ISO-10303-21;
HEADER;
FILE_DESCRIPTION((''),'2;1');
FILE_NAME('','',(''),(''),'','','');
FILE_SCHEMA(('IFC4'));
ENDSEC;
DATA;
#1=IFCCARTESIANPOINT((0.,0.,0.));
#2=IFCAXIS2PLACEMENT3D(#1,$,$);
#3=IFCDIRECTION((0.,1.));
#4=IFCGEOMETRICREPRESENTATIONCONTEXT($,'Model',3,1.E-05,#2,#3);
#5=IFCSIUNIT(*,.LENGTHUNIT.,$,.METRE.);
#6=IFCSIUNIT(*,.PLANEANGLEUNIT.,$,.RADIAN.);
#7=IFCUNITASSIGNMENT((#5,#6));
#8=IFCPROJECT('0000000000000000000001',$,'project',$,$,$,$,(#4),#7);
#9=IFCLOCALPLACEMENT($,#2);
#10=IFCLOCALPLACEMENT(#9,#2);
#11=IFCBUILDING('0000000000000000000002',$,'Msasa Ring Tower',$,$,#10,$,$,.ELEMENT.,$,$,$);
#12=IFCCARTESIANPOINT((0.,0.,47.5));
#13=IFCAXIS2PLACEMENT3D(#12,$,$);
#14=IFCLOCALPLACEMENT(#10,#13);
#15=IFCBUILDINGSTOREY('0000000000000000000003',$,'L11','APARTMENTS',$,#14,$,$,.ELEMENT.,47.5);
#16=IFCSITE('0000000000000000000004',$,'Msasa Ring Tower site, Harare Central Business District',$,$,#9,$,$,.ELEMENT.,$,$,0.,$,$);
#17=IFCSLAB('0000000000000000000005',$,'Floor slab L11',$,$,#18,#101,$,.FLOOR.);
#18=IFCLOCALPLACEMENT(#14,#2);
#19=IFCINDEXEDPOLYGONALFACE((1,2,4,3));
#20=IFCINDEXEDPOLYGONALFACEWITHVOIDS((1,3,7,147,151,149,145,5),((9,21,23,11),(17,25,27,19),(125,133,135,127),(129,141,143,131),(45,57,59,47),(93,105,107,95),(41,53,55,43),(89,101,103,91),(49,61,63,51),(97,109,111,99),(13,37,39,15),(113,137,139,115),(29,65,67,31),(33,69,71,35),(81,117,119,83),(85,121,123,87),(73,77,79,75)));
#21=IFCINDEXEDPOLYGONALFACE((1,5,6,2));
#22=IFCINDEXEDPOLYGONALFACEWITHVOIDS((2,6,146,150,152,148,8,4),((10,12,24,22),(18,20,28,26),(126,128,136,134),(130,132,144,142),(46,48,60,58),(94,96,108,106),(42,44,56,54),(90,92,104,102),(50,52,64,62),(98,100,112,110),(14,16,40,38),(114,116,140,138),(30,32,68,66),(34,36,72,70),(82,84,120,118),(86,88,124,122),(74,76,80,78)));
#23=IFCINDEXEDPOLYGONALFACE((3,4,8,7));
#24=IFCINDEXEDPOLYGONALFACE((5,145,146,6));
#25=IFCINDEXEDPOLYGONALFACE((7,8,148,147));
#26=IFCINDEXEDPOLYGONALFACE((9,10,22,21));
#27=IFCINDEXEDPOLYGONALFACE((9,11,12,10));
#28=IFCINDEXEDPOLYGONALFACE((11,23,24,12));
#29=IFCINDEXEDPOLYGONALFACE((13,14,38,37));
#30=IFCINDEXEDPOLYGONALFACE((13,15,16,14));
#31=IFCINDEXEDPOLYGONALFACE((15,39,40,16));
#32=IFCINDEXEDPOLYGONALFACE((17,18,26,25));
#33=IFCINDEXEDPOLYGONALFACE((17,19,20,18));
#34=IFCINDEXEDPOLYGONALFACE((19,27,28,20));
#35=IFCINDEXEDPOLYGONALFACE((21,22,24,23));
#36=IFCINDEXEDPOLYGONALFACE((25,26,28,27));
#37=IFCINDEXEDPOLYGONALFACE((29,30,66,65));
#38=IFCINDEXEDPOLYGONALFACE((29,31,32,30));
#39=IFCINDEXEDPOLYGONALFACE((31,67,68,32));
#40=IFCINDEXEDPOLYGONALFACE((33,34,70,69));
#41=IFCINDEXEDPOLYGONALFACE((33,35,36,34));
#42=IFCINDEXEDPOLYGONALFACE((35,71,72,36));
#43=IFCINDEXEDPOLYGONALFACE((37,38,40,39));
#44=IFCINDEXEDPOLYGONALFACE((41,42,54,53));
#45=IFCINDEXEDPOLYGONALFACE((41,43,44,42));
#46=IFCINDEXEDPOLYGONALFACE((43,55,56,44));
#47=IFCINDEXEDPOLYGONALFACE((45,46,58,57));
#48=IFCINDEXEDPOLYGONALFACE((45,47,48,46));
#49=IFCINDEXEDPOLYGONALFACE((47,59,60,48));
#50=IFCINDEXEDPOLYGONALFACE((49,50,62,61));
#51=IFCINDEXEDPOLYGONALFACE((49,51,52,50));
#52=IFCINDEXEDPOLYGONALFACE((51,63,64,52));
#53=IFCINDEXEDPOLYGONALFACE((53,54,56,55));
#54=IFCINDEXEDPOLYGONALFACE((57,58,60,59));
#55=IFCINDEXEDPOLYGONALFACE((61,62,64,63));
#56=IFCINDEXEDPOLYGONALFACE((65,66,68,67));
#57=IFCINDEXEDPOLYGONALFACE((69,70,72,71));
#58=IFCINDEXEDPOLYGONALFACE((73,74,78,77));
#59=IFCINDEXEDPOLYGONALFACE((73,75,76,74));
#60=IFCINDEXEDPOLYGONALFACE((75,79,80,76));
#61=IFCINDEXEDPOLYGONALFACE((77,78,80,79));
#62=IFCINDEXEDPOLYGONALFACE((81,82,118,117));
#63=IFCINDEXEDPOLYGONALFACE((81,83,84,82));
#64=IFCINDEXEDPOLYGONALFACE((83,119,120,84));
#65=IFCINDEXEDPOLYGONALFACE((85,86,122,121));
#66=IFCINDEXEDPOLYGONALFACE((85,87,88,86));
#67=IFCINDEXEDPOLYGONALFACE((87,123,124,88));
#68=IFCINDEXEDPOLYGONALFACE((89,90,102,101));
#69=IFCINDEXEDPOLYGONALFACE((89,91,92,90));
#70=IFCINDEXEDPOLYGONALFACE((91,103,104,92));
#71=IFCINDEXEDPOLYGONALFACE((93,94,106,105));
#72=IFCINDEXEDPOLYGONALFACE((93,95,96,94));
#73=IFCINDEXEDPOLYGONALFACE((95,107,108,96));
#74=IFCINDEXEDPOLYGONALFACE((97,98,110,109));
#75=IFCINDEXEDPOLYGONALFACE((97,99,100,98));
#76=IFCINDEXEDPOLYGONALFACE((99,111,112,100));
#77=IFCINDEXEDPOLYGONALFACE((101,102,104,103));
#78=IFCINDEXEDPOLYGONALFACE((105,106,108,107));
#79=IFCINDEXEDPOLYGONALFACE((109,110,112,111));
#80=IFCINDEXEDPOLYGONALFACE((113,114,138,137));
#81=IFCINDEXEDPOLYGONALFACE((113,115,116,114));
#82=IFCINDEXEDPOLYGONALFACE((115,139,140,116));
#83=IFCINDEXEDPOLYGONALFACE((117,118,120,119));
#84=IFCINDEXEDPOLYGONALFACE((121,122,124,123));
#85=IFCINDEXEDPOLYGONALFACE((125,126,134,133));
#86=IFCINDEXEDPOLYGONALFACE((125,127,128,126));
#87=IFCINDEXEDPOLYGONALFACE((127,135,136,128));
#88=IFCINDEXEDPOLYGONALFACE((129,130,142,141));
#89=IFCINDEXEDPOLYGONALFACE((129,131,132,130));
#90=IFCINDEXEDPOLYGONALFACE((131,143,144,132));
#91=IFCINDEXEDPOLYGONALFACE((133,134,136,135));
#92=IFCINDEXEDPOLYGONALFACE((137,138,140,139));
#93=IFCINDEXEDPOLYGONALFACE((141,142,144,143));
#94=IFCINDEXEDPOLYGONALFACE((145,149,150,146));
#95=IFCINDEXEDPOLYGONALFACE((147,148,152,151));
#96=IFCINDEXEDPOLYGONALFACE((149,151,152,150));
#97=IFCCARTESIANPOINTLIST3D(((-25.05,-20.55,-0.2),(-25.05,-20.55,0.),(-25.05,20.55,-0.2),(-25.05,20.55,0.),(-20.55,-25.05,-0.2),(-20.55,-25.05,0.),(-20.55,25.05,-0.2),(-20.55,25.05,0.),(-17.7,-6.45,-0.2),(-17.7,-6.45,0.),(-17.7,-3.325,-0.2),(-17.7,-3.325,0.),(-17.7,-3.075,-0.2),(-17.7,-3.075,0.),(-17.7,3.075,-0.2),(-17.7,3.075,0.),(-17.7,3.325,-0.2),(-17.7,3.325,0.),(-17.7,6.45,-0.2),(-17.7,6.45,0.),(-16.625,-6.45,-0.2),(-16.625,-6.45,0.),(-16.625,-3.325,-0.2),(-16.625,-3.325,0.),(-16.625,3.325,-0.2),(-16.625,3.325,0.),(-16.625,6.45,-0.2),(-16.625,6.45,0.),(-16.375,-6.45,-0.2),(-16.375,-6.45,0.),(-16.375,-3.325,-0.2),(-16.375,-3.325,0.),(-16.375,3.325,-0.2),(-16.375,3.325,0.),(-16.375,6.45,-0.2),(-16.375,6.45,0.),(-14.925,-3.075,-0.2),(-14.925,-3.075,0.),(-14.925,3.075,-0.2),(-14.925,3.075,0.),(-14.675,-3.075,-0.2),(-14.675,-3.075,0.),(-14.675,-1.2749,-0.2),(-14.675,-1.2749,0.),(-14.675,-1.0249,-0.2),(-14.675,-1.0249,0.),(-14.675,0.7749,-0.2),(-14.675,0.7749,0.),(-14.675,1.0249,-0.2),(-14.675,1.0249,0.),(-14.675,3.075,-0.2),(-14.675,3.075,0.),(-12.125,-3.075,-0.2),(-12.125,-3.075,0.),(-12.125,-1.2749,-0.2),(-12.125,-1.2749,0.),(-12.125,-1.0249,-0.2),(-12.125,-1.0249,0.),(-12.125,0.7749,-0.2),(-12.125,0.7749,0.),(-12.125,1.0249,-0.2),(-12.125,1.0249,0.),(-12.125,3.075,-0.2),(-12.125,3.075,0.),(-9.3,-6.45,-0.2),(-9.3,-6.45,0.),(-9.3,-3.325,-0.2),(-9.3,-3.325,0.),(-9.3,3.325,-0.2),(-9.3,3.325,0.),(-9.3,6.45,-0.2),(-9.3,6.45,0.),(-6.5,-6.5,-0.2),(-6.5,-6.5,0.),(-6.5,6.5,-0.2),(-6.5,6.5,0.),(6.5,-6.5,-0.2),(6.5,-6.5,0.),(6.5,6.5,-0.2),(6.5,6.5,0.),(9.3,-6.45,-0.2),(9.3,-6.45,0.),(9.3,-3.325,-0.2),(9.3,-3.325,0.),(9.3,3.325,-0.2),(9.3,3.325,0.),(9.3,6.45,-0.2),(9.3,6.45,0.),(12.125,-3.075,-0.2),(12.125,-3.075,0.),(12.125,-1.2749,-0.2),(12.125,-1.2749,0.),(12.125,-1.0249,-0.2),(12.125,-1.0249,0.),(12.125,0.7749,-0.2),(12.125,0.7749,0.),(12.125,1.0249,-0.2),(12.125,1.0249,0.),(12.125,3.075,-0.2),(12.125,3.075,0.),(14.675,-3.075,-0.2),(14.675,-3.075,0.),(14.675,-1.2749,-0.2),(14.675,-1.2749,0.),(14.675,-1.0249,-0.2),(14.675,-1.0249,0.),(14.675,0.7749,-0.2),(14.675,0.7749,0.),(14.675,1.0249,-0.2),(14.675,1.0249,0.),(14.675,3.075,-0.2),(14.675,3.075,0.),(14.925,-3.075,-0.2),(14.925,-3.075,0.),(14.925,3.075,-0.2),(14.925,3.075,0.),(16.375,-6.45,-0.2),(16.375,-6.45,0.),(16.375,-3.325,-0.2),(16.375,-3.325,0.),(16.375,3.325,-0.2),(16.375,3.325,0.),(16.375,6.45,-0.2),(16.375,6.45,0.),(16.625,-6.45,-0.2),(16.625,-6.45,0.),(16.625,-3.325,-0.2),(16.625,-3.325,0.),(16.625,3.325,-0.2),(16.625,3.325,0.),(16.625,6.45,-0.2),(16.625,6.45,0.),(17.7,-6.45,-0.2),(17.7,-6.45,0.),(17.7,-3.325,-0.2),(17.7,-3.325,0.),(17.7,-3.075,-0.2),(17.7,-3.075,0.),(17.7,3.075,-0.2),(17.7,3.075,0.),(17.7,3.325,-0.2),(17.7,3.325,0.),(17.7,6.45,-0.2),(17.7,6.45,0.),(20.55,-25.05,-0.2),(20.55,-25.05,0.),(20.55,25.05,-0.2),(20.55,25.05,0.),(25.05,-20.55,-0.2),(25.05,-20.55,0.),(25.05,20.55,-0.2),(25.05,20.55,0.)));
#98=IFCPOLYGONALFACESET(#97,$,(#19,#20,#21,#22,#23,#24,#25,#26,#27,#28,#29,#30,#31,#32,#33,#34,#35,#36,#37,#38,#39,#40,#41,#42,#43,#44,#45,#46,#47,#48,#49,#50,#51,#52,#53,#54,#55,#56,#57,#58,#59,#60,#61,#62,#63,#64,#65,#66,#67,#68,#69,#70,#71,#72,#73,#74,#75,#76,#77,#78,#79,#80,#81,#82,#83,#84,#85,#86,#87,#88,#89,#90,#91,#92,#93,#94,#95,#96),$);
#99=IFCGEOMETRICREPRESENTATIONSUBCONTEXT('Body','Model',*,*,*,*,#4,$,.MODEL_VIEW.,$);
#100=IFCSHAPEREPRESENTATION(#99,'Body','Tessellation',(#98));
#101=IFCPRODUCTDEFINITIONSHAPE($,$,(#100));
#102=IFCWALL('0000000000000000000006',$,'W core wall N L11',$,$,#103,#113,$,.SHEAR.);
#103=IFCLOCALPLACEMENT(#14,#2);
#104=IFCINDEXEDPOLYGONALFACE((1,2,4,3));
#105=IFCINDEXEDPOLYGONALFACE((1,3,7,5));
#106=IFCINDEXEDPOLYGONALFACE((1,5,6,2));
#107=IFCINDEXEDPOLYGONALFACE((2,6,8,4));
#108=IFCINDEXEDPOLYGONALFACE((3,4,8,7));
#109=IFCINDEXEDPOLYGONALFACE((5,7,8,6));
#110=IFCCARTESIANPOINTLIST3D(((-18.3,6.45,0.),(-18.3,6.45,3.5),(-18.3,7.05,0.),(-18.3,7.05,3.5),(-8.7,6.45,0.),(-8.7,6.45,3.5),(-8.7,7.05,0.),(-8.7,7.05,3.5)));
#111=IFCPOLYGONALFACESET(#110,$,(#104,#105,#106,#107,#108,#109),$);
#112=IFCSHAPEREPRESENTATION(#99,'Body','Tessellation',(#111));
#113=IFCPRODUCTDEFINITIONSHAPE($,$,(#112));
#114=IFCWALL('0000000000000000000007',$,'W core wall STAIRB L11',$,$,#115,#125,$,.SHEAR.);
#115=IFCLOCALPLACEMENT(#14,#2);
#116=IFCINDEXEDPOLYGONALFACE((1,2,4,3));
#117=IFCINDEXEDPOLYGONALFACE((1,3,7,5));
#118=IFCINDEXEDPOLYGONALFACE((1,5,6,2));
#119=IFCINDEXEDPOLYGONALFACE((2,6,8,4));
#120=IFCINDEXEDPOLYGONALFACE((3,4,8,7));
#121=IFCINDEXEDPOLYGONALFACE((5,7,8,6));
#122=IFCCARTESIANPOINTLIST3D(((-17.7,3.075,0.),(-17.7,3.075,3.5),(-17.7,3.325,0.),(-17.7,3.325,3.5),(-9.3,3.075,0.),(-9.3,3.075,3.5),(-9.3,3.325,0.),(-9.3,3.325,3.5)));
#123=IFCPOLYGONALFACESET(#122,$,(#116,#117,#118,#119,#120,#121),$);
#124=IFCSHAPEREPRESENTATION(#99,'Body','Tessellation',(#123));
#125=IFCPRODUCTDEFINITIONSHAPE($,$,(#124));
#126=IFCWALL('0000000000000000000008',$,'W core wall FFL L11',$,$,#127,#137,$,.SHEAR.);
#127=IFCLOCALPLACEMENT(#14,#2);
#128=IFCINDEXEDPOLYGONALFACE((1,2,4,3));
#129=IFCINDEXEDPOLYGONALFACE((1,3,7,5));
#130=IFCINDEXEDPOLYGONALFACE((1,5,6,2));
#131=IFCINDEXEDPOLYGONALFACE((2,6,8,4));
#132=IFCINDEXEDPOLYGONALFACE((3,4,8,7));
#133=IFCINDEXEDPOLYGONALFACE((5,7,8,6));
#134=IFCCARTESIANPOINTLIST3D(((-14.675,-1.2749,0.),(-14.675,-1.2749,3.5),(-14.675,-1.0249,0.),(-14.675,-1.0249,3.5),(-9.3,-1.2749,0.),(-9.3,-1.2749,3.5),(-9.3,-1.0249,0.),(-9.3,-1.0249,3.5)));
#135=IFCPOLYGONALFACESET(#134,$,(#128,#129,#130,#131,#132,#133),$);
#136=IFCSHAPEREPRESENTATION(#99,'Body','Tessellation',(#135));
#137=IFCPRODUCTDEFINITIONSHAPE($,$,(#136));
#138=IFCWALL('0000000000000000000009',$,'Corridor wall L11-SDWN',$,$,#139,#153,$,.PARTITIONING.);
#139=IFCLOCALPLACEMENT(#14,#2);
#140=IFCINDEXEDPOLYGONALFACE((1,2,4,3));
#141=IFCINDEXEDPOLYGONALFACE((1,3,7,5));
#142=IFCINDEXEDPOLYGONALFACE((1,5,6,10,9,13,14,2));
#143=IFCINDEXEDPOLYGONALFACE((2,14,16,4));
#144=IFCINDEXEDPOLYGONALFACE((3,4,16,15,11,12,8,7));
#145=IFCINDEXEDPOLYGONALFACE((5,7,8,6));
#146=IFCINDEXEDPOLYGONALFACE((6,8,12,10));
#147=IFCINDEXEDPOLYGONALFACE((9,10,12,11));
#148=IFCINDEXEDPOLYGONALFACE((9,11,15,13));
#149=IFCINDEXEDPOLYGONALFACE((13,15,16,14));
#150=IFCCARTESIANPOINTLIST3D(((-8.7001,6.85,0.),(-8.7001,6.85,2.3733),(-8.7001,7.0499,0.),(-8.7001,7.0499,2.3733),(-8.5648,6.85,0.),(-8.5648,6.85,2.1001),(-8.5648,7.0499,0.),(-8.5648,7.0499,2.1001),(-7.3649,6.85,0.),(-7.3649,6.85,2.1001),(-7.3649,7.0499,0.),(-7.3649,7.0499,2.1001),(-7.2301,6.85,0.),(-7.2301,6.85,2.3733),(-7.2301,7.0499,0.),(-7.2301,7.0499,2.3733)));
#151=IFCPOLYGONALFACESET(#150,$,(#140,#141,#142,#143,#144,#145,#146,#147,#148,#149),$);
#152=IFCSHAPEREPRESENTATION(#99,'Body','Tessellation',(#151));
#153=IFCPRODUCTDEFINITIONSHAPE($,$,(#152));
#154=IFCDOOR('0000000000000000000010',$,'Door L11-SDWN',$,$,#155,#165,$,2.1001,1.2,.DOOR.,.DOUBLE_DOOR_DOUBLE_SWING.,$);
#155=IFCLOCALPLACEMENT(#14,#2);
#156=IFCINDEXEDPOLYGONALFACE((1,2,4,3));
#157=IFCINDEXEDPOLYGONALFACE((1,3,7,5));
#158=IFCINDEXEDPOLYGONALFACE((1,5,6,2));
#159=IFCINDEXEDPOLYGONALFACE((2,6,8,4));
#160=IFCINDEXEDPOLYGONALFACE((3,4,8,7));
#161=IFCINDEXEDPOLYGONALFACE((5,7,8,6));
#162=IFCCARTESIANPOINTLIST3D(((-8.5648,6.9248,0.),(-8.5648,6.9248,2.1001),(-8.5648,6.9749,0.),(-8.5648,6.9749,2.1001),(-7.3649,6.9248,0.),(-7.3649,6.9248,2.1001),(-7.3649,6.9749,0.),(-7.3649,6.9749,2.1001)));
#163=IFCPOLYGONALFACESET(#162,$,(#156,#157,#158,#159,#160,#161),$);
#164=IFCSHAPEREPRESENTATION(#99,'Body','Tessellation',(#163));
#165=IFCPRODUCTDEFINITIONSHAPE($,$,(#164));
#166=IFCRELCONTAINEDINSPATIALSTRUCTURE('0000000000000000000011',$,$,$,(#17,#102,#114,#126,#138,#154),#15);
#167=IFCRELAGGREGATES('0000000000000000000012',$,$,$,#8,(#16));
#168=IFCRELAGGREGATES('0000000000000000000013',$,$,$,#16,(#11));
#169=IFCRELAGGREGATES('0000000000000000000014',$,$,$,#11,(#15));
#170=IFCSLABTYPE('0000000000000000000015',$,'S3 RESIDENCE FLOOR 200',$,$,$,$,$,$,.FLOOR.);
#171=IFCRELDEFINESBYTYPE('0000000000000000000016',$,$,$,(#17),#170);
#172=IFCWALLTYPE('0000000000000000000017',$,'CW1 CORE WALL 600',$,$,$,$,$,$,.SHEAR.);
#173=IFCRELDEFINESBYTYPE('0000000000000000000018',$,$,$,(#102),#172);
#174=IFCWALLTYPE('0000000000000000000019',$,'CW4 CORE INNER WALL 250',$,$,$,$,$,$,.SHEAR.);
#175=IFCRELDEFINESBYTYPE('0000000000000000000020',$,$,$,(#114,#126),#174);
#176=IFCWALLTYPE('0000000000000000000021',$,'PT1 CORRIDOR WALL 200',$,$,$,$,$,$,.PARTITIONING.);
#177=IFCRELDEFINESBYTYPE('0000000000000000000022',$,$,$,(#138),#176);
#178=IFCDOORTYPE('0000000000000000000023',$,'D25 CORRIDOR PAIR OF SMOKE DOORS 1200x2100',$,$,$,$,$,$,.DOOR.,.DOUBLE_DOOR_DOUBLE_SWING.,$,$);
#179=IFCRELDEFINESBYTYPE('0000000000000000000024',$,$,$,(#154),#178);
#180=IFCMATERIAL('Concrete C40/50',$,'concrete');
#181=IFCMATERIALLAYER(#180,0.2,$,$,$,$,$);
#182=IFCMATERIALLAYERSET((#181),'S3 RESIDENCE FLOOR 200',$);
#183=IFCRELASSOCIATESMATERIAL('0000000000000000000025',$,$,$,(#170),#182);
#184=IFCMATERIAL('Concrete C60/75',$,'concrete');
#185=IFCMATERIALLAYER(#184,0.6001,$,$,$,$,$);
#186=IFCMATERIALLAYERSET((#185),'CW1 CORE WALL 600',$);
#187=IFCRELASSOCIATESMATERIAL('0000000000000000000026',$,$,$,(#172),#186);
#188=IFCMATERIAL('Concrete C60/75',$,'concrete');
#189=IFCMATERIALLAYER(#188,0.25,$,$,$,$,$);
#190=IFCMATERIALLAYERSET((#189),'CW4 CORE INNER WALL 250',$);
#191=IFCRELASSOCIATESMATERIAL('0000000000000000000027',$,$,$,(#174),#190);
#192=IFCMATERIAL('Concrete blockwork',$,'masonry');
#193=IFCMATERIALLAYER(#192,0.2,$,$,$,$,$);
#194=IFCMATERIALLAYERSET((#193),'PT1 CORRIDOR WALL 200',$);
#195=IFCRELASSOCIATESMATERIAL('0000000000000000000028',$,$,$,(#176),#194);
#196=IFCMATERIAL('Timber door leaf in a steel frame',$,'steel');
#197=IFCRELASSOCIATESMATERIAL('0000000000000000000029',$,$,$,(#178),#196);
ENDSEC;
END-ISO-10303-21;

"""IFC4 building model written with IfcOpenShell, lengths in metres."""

from ifc_helpers import new_model, si_unit, direction, frame, frame_2d, origin, place, context, subcontext, project, spatial, polyline, rectangle, outline, extrude, material, layer, layer_set, type_object, element, fill, save


model = new_model("IFC4")

# Units and contexts
model_context = context("Model", 3, precision=1e-05, world=origin(), true_north=direction((0.0, 1.0)))
body_context = subcontext(model_context, "Body", "Model", "MODEL_VIEW")
ifc_project = project(units=[si_unit("LENGTHUNIT", "METRE"), si_unit("PLANEANGLEUNIT", "RADIAN")], contexts=[model_context])

# Site, building, storey
site_placement = place(None, origin())
site = spatial("IfcSite", under=ifc_project, at=site_placement, Name="Msasa Ring Tower site, Harare Central Business District", CompositionType="ELEMENT", RefElevation=0.0)
building_placement = place(site_placement, origin())
building = spatial("IfcBuilding", under=site, at=building_placement, Name="Msasa Ring Tower", CompositionType="ELEMENT")
storey_placement = place(building_placement, frame((0.0, 0.0, 47.5)))
storey = spatial("IfcBuildingStorey", under=building, at=storey_placement, Name="L11", Description="APARTMENTS", CompositionType="ELEMENT", Elevation=47.5)

# Slab
ifc_material_1 = material(Name="Concrete C40/50", Category="concrete")
ifc_layer_1 = layer(ifc_material_1, 0.2)
ifc_layer_set_1 = layer_set([ifc_layer_1], Name="S3 RESIDENCE FLOOR 200")
slab_type = type_object("IfcSlabType", Name="S3 RESIDENCE FLOOR 200", PredefinedType="FLOOR", material=ifc_layer_set_1)
slab_placement = place(storey_placement, frame((0.0, 0.0, -0.2)))
element("IfcSlab", 1, at=slab_placement, inside=storey, type_object=slab_type, Name="Floor slab L11", PredefinedType="FLOOR", context=body_context, shape_type="SweptSolid", body=[
    extrude(outline(polyline([(-20.55, -25.05), (20.55, -25.05), (25.05, -20.55), (25.05, 20.55), (20.55, 25.05), (-20.55, 25.05), (-25.05, 20.55), (-25.05, -20.55), (-20.55, -25.05)]), holes=[polyline([(-6.5, -6.5), (6.5, -6.5), (6.5, 6.5), (-6.5, 6.5), (-6.5, -6.5)]), polyline([(9.3, -6.45), (16.375, -6.45), (16.375, -3.325), (9.3, -3.325), (9.3, -6.45)]), polyline([(9.3, 3.325), (16.375, 3.325), (16.375, 6.45), (9.3, 6.45), (9.3, 3.325)]), polyline([(12.125, -3.075), (14.675, -3.075), (14.675, -1.2749), (12.125, -1.2749), (12.125, -3.075)]), polyline([(12.125, -1.0249), (14.675, -1.0249), (14.675, 0.7749), (12.125, 0.7749), (12.125, -1.0249)]), polyline([(12.125, 1.0249), (14.675, 1.0249), (14.675, 3.075), (12.125, 3.075), (12.125, 1.0249)]), polyline([(16.625, -6.45), (17.7, -6.45), (17.7, -3.325), (16.625, -3.325), (16.625, -6.45)]), polyline([(16.625, 3.325), (17.7, 3.325), (17.7, 6.45), (16.625, 6.45), (16.625, 3.325)]), polyline([(14.925, -3.075), (17.7, -3.075), (17.7, 3.075), (14.925, 3.075), (14.925, -3.075)]), polyline([(-16.375, -6.45), (-9.3, -6.45), (-9.3, -3.325), (-16.375, -3.325), (-16.375, -6.45)]), polyline([(-16.375, 3.325), (-9.3, 3.325), (-9.3, 6.45), (-16.375, 6.45), (-16.375, 3.325)]), polyline([(-14.675, -3.075), (-12.125, -3.075), (-12.125, -1.2749), (-14.675, -1.2749), (-14.675, -3.075)]), polyline([(-14.675, -1.0249), (-12.125, -1.0249), (-12.125, 0.7749), (-14.675, 0.7749), (-14.675, -1.0249)]), polyline([(-14.675, 1.0249), (-12.125, 1.0249), (-12.125, 3.075), (-14.675, 3.075), (-14.675, 1.0249)]), polyline([(-17.7, -6.45), (-16.625, -6.45), (-16.625, -3.325), (-17.7, -3.325), (-17.7, -6.45)]), polyline([(-17.7, 3.325), (-16.625, 3.325), (-16.625, 6.45), (-17.7, 6.45), (-17.7, 3.325)]), polyline([(-17.7, -3.075), (-14.925, -3.075), (-14.925, 3.075), (-17.7, 3.075), (-17.7, -3.075)])]), origin(), (0.0, 0.0, 1.0), 0.2),
])

# Walls
ifc_material_2 = material(Name="Concrete C60/75", Category="concrete")
ifc_layer_2 = layer(ifc_material_2, 0.6001)
ifc_layer_set_2 = layer_set([ifc_layer_2], Name="CW1 CORE WALL 600")
wall_type_1 = type_object("IfcWallType", Name="CW1 CORE WALL 600", PredefinedType="SHEAR", material=ifc_layer_set_2)
wall_1_placement = place(storey_placement, frame((-8.7, 6.75, 0.0), z_axis=(0.0, 0.0, 1.0), x_axis=(-1.0, 0.0, 0.0)))
element("IfcWall", 2, at=wall_1_placement, inside=storey, type_object=wall_type_1, Name="W core wall N L11", PredefinedType="SHEAR", context=body_context, shape_type="SweptSolid", body=[
    extrude(rectangle(XDim=9.6001, YDim=0.6001, at=frame_2d((4.8, 0.0))), origin(), (0.0, 0.0, 1.0), 3.5),
])
ifc_material_3 = material(Name="Concrete C60/75", Category="concrete")
ifc_layer_3 = layer(ifc_material_3, 0.25)
ifc_layer_set_3 = layer_set([ifc_layer_3], Name="CW4 CORE INNER WALL 250")
wall_type_2 = type_object("IfcWallType", Name="CW4 CORE INNER WALL 250", PredefinedType="SHEAR", material=ifc_layer_set_3)
wall_2_placement = place(storey_placement, frame((-9.3, 3.2, 0.0), z_axis=(0.0, 0.0, 1.0), x_axis=(-1.0, 0.0, 0.0)))
element("IfcWall", 3, at=wall_2_placement, inside=storey, type_object=wall_type_2, Name="W core wall STAIRB L11", PredefinedType="SHEAR", context=body_context, shape_type="SweptSolid", body=[
    extrude(rectangle(XDim=8.3999, YDim=0.25, at=frame_2d((4.2, 0.0))), origin(), (0.0, 0.0, 1.0), 3.5),
])
wall_3_placement = place(storey_placement, frame((-9.3, -1.1499, 0.0), z_axis=(0.0, 0.0, 1.0), x_axis=(-1.0, 0.0, 0.0)))
element("IfcWall", 4, at=wall_3_placement, inside=storey, type_object=wall_type_2, Name="W core wall FFL L11", PredefinedType="SHEAR", context=body_context, shape_type="SweptSolid", body=[
    extrude(rectangle(XDim=5.375, YDim=0.25, at=frame_2d((2.6875, 0.0))), origin(), (0.0, 0.0, 1.0), 3.5),
])

# Wall, opening, door
ifc_material_4 = material(Name="Concrete blockwork", Category="masonry")
ifc_layer_4 = layer(ifc_material_4, 0.2)
ifc_layer_set_4 = layer_set([ifc_layer_4], Name="PT1 CORRIDOR WALL 200")
wall_type_3 = type_object("IfcWallType", Name="PT1 CORRIDOR WALL 200", PredefinedType="PARTITIONING", material=ifc_layer_set_4)
wall_4_placement = place(storey_placement, frame((-8.7, 6.95, 0.0), z_axis=(0.0, 0.0, 1.0), x_axis=(1.0, 0.0, 0.0)))
wall_4 = element("IfcWall", 5, at=wall_4_placement, inside=storey, type_object=wall_type_3, Name="Corridor wall L11-SDWN", PredefinedType="PARTITIONING", context=body_context, shape_type="SweptSolid", body=[
    extrude(rectangle(XDim=1.47, YDim=0.2, at=frame_2d((0.7349, 0.0))), origin(), (0.0, 0.0, 1.0), 2.3733),
])
opening_placement = place(wall_4_placement, frame((0.135, 0.0, 0.0)))
opening = element("IfcOpeningElement", 6, at=opening_placement, cuts=wall_4, PredefinedType="OPENING", context=body_context, shape_type="SweptSolid", body=[
    extrude(rectangle(XDim=1.2, YDim=2.1001, at=frame_2d((0.6001, 1.05))), frame((0.0, 0.1099, 0.0), z_axis=(0.0, -1.0, 0.0), x_axis=(1.0, 0.0, 0.0)), (0.0, 0.0, 1.0), 0.22),
])
ifc_material_5 = material(Name="Timber door leaf in a steel frame", Category="steel")
door_type = type_object("IfcDoorType", Name="D25 CORRIDOR PAIR OF SMOKE DOORS 1200x2100", OperationType="DOUBLE_DOOR_DOUBLE_SWING", PredefinedType="DOOR", material=ifc_material_5)
door_placement = place(opening_placement, origin())
door = element("IfcDoor", 7, at=door_placement, inside=storey, type_object=door_type, Name="Door L11-SDWN", OperationType="DOUBLE_DOOR_DOUBLE_SWING", OverallHeight=2.1001, OverallWidth=1.2, PredefinedType="DOOR", context=body_context, shape_type="SweptSolid", body=[
    extrude(rectangle(XDim=1.2, YDim=2.1001, at=frame_2d((0.6001, 1.05))), frame((0.0, 0.0249, 0.0), z_axis=(0.0, -1.0, 0.0), x_axis=(1.0, 0.0, 0.0)), (0.0, 0.0, 1.0), 0.05),
])
fill(opening, door)

save(model, "model.ifc")
